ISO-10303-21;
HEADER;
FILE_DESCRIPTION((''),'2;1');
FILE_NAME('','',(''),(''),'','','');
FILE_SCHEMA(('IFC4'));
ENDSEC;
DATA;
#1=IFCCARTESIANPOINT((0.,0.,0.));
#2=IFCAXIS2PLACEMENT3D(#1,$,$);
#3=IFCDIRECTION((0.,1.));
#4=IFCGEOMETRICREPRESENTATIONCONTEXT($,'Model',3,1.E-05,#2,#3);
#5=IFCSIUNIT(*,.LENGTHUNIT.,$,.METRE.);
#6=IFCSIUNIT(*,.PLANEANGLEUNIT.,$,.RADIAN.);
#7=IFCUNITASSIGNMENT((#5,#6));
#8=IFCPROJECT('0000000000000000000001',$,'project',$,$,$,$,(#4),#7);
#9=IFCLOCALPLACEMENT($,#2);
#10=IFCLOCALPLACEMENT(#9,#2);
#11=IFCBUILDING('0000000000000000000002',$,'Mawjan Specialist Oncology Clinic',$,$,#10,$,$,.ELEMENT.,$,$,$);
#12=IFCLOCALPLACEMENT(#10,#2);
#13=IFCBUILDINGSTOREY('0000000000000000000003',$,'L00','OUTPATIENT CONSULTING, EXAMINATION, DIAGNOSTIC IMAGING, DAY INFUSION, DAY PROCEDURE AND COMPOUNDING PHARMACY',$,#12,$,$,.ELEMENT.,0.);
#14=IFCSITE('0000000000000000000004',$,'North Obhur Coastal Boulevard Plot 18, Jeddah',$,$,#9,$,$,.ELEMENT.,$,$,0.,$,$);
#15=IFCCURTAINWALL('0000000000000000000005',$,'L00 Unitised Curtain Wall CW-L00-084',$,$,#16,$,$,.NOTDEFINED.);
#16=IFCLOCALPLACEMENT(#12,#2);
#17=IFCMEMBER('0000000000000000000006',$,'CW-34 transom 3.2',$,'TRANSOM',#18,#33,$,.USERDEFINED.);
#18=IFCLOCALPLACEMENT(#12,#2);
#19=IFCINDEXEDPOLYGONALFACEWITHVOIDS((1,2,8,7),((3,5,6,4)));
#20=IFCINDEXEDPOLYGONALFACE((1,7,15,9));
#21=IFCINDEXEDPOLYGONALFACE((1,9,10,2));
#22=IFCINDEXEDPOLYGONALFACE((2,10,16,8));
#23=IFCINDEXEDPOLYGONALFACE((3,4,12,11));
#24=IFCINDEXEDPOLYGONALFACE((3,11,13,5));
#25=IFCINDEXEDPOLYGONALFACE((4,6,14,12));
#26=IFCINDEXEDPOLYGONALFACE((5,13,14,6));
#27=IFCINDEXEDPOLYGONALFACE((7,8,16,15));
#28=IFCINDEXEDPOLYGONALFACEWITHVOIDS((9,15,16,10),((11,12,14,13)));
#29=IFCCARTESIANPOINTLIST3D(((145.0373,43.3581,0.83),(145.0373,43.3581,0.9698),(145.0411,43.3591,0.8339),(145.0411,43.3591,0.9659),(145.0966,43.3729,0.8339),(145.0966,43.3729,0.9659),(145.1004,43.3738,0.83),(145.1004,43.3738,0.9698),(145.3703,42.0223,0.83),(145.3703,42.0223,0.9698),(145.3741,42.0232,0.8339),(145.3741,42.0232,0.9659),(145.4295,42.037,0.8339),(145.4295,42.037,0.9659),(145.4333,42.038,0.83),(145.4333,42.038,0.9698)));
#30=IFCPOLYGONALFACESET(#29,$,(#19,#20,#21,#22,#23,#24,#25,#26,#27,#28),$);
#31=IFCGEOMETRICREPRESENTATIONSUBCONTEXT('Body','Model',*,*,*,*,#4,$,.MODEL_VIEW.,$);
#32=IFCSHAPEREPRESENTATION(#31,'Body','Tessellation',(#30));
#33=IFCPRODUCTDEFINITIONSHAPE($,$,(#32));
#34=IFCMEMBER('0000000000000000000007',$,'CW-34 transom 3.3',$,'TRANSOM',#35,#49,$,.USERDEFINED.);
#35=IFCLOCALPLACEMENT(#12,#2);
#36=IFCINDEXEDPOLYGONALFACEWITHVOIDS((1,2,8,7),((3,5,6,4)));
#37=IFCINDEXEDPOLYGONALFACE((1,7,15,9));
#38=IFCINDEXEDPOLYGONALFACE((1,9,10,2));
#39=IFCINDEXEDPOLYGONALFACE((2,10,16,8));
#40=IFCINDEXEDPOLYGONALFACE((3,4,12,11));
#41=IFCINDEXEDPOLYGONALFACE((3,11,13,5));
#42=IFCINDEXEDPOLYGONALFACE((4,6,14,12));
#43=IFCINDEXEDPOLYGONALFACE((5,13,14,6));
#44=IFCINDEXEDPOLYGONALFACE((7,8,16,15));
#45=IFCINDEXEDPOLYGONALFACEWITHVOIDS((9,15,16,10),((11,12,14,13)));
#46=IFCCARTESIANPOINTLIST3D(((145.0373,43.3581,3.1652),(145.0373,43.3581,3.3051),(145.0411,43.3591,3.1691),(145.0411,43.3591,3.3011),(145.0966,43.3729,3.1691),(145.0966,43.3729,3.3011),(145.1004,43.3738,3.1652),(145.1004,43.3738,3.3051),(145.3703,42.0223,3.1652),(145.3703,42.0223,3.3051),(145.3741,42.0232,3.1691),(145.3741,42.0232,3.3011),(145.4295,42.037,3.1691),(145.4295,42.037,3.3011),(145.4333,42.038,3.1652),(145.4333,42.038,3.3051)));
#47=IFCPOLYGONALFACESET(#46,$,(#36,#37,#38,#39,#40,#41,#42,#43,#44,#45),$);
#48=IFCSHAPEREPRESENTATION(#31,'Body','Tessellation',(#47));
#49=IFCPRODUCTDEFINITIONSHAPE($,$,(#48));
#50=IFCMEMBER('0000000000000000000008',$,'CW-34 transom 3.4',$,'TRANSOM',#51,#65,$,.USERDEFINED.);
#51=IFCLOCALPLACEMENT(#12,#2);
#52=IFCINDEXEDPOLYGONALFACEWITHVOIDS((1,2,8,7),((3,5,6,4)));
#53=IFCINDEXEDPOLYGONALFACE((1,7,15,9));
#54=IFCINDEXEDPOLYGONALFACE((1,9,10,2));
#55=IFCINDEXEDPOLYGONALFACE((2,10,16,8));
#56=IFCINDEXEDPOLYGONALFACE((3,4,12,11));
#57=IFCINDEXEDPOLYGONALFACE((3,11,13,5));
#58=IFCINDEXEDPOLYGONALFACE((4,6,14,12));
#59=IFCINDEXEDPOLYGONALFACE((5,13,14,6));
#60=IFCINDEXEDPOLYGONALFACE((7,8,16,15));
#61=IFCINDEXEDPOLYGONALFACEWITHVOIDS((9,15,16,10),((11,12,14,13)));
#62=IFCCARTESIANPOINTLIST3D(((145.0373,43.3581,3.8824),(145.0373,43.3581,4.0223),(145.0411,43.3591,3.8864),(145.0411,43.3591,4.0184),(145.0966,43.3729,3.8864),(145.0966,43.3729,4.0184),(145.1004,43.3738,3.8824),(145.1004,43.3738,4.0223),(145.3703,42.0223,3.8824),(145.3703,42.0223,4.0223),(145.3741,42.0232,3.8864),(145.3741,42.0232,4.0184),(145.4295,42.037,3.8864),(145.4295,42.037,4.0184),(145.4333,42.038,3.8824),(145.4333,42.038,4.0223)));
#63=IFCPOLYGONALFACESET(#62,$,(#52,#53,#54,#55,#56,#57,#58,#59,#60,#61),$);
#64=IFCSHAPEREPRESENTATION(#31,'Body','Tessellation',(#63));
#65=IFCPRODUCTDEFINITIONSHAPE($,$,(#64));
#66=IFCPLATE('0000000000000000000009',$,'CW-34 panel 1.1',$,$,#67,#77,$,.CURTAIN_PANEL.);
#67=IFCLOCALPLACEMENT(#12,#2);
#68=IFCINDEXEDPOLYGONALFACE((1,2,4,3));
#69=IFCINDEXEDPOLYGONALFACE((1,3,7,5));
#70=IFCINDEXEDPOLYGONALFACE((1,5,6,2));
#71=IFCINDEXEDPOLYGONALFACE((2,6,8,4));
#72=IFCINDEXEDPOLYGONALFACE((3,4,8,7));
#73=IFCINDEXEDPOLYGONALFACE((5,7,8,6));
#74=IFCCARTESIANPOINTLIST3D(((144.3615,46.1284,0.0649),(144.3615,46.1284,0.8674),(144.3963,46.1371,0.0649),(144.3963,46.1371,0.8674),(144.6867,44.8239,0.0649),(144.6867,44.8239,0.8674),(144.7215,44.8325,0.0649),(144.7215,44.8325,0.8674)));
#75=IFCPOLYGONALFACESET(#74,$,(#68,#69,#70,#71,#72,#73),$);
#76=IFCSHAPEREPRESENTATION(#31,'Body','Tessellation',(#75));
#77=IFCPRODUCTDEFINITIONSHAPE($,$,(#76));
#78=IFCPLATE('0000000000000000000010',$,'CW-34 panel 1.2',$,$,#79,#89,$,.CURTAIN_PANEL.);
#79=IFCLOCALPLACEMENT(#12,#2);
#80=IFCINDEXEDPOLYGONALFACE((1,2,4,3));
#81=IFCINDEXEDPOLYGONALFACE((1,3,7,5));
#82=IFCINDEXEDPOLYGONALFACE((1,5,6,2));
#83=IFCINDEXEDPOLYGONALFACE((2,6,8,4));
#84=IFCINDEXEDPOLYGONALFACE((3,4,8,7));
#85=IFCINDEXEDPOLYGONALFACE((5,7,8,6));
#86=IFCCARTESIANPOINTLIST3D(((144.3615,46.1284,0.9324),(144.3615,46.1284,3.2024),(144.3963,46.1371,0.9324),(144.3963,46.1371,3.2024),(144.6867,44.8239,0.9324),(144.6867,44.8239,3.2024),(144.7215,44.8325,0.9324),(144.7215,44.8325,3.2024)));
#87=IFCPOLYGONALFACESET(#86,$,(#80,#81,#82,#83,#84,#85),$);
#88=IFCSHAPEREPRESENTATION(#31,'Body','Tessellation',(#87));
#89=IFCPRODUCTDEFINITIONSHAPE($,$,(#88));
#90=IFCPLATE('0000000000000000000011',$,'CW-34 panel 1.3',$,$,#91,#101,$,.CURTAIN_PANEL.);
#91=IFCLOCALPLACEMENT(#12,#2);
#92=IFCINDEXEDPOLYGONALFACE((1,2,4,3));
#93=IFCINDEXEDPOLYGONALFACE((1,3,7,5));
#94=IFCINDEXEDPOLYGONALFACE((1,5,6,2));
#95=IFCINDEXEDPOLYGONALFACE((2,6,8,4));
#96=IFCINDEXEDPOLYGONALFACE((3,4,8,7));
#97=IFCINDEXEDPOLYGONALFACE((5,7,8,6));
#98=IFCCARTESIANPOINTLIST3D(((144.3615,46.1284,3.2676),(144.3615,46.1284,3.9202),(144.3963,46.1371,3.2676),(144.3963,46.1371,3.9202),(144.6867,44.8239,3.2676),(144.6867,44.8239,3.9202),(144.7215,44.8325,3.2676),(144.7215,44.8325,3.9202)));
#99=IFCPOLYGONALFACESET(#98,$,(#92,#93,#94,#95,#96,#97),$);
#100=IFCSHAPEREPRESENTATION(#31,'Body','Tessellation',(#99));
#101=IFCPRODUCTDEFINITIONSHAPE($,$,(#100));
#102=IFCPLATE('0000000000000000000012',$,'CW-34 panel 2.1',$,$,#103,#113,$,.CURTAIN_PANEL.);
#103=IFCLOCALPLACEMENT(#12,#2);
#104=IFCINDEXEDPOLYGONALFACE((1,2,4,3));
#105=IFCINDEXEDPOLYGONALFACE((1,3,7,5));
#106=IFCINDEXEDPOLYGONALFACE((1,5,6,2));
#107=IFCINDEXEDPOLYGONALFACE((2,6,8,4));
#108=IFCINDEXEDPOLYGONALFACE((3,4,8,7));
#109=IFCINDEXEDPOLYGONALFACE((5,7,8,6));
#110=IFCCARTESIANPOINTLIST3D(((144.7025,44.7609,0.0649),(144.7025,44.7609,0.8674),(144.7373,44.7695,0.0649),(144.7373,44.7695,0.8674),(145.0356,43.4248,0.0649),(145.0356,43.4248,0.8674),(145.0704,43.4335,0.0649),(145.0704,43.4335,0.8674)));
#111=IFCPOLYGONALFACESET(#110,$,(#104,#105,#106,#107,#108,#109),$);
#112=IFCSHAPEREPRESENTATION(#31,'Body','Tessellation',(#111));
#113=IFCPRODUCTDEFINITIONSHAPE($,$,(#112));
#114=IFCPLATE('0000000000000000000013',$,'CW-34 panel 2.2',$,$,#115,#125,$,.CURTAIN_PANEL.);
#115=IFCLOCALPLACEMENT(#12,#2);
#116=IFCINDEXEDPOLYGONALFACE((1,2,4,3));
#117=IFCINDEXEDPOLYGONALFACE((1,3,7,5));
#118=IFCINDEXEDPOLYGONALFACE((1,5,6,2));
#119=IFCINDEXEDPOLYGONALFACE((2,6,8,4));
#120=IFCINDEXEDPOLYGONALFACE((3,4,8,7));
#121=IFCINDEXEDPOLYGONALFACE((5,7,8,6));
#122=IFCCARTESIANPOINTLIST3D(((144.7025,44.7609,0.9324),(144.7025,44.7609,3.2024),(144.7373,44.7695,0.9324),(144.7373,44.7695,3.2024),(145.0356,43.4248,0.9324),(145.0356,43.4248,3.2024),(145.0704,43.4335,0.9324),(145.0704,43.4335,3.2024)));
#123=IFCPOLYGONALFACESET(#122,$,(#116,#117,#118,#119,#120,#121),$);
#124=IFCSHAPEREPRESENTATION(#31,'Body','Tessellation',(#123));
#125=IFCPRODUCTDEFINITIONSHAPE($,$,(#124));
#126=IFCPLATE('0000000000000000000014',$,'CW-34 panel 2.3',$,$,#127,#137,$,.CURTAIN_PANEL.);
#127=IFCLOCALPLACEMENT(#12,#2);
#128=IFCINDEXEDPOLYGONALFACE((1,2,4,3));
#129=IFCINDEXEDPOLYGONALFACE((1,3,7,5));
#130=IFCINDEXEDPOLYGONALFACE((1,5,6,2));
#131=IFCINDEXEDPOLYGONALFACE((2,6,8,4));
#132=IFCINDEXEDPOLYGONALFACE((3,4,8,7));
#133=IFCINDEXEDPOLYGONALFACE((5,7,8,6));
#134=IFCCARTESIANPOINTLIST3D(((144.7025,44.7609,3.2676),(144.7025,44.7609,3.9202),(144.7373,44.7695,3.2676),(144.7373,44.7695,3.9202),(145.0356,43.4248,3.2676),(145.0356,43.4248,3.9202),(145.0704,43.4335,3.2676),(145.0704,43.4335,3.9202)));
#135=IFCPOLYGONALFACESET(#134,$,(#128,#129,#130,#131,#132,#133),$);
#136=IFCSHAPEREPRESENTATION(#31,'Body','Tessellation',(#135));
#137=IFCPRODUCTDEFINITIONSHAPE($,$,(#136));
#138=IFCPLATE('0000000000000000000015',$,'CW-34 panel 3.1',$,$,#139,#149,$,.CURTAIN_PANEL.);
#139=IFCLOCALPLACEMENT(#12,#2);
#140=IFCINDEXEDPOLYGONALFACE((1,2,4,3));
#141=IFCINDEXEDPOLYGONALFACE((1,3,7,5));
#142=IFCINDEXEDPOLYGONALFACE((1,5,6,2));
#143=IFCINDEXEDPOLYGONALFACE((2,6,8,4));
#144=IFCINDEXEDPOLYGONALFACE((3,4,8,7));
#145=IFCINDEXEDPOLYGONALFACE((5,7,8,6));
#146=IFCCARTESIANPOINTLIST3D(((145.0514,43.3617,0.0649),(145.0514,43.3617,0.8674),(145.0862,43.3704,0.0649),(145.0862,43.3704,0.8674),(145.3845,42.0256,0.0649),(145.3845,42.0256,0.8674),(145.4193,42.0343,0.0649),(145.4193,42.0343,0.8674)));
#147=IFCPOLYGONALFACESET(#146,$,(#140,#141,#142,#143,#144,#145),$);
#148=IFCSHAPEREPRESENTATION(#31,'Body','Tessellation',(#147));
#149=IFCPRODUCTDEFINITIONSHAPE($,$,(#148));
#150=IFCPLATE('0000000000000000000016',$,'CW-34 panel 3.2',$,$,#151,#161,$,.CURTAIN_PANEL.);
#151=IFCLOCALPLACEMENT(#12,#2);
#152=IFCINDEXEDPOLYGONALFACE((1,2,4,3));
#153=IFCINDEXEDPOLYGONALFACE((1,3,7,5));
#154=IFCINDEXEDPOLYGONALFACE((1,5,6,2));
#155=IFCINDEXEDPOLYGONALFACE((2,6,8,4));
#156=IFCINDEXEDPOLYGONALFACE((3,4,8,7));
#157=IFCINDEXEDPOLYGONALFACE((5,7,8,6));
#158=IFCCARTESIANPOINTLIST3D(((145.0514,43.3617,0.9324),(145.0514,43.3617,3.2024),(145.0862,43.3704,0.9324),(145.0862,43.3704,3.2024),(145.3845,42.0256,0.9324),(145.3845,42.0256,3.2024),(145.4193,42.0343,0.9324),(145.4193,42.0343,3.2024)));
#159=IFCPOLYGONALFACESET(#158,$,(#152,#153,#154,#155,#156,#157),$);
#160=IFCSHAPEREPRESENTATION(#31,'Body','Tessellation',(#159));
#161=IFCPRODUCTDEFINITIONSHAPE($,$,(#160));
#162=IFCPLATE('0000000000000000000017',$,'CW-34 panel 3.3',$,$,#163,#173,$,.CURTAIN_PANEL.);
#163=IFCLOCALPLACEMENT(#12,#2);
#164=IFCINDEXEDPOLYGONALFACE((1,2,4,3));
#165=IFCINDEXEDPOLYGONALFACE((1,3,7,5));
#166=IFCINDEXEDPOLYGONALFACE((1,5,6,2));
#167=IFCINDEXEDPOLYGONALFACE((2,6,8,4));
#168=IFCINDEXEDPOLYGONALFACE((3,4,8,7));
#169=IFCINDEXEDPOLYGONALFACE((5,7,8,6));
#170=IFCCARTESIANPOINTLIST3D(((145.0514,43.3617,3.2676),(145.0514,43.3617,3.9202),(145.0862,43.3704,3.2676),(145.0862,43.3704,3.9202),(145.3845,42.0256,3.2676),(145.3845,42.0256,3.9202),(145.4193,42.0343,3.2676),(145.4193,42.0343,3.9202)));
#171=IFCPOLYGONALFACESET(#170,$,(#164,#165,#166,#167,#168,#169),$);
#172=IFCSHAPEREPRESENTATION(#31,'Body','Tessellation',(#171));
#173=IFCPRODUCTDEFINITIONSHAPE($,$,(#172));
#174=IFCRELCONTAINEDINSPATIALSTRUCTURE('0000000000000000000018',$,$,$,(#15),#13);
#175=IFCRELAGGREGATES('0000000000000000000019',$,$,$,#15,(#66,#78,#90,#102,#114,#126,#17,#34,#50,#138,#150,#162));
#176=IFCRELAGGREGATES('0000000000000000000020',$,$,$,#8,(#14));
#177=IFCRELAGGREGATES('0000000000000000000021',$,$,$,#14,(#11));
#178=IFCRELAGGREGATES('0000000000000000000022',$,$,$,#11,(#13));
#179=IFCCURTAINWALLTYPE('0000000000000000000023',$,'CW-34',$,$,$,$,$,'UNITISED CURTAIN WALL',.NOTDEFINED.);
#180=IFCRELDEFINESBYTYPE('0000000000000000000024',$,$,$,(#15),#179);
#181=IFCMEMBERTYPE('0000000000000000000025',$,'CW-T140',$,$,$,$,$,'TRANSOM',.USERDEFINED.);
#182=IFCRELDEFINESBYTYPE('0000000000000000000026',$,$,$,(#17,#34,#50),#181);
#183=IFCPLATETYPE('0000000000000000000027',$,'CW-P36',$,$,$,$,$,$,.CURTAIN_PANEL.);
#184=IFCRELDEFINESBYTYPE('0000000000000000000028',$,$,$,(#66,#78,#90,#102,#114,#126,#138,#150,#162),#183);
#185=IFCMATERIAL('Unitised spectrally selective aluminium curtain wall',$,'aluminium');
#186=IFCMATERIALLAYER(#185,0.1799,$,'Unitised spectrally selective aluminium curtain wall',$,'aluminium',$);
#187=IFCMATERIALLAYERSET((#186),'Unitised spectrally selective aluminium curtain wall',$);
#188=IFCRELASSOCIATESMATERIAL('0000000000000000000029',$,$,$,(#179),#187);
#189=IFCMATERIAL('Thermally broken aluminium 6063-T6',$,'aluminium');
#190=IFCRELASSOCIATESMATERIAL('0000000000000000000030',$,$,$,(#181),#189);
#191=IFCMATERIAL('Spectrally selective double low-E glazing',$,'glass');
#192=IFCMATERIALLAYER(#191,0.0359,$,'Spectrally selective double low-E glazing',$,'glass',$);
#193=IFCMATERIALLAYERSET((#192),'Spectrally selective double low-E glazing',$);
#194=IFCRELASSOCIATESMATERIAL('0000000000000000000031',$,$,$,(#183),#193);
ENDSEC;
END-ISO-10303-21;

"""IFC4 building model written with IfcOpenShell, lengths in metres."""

from ifc_helpers import new_model, si_unit, direction, frame, origin, origin_2d, place, context, subcontext, project, spatial, rectangle, hollow_rectangle, extrude, material, layer, layer_set, material_profile, profile_set, type_object, element, aggregate, save


model = new_model("IFC4")

# Units and contexts
model_context = context("Model", 3, precision=1e-05, world=origin(), true_north=direction((0.0, 1.0)))
body_context = subcontext(model_context, "Body", "Model", "MODEL_VIEW")
ifc_project = project(units=[si_unit("LENGTHUNIT", "METRE"), si_unit("PLANEANGLEUNIT", "RADIAN")], contexts=[model_context])

# Site, building, storey
site_placement = place(None, origin())
site = spatial("IfcSite", under=ifc_project, at=site_placement, Name="North Obhur Coastal Boulevard Plot 18, Jeddah", CompositionType="ELEMENT", RefElevation=0.0)
building_placement = place(site_placement, origin())
building = spatial("IfcBuilding", under=site, at=building_placement, Name="Mawjan Specialist Oncology Clinic", CompositionType="ELEMENT")
storey_placement = place(building_placement, origin())
storey = spatial("IfcBuildingStorey", under=building, at=storey_placement, Name="L00", Description="OUTPATIENT CONSULTING, EXAMINATION, DIAGNOSTIC IMAGING, DAY INFUSION, DAY PROCEDURE AND COMPOUNDING PHARMACY", CompositionType="ELEMENT", Elevation=0.0)

# Curtain wall
ifc_material_1 = material(Name="Unitised spectrally selective aluminium curtain wall", Category="aluminium")
ifc_layer_1 = layer(ifc_material_1, 0.1799, Name="Unitised spectrally selective aluminium curtain wall", Category="aluminium")
ifc_layer_set_1 = layer_set([ifc_layer_1], Name="Unitised spectrally selective aluminium curtain wall")
curtain_wall_type_1 = type_object("IfcCurtainWallType", Name="CW-34", ElementType="UNITISED CURTAIN WALL", PredefinedType="NOTDEFINED", material=ifc_layer_set_1)
curtain_wall_1_placement = place(storey_placement, origin())
curtain_wall_1 = element("IfcCurtainWall", 1, at=curtain_wall_1_placement, inside=storey, type_object=curtain_wall_type_1, Name="L00 Unitised Curtain Wall CW-L00-084", PredefinedType="NOTDEFINED")
ifc_material_2 = material(Name="Thermally broken aluminium 6063-T6", Category="aluminium")
ifc_material_profile_1 = material_profile(ifc_material_2, hollow_rectangle(XDim=0.0649, YDim=0.1399, WallThickness=0.0039, at=origin_2d()), Name="ALU TRANSOM 140x65x4", Category="aluminium")
ifc_profile_set_1 = profile_set([ifc_material_profile_1], Name="Thermally broken aluminium 6063-T6")
member_type_1 = type_object("IfcMemberType", Name="CW-T140", ElementType="TRANSOM", PredefinedType="USERDEFINED", material=ifc_profile_set_1)

# Members
member_1_placement = place(storey_placement, frame((145.0688, 43.366, 0.8999), z_axis=(0.241868, -0.970309, 0.0), x_axis=(0.970309, 0.241868, 0.0)))
member_1 = element("IfcMember", 2, at=member_1_placement, type_object=member_type_1, Name="CW-34 transom 3.2", ObjectType="TRANSOM", PredefinedType="USERDEFINED", context=body_context, shape_type="SweptSolid", body=[
    extrude(hollow_rectangle(XDim=0.0649, YDim=0.1399, WallThickness=0.0039, at=origin_2d()), origin(), (0.0, 0.0, 1.0), 1.3767),
])
member_2_placement = place(storey_placement, frame((145.0688, 43.366, 3.2351), z_axis=(0.241868, -0.970309, 0.0), x_axis=(0.970309, 0.241868, 0.0)))
member_2 = element("IfcMember", 3, at=member_2_placement, type_object=member_type_1, Name="CW-34 transom 3.3", ObjectType="TRANSOM", PredefinedType="USERDEFINED", context=body_context, shape_type="SweptSolid", body=[
    extrude(hollow_rectangle(XDim=0.0649, YDim=0.1399, WallThickness=0.0039, at=origin_2d()), origin(), (0.0, 0.0, 1.0), 1.3767),
])
member_3_placement = place(storey_placement, frame((145.0688, 43.366, 3.9524), z_axis=(0.241868, -0.970309, 0.0), x_axis=(0.970309, 0.241868, 0.0)))
member_3 = element("IfcMember", 4, at=member_3_placement, type_object=member_type_1, Name="CW-34 transom 3.4", ObjectType="TRANSOM", PredefinedType="USERDEFINED", context=body_context, shape_type="SweptSolid", body=[
    extrude(hollow_rectangle(XDim=0.0649, YDim=0.1399, WallThickness=0.0039, at=origin_2d()), origin(), (0.0, 0.0, 1.0), 1.3767),
])

# Plates
ifc_material_3 = material(Name="Spectrally selective double low-E glazing", Category="glass")
ifc_layer_2 = layer(ifc_material_3, 0.0359, Name="Spectrally selective double low-E glazing", Category="glass")
ifc_layer_set_2 = layer_set([ifc_layer_2], Name="Spectrally selective double low-E glazing")
plate_type = type_object("IfcPlateType", Name="CW-P36", PredefinedType="CURTAIN_PANEL", material=ifc_layer_set_2)
plate_1_placement = place(storey_placement, frame((144.5415, 45.4805, 0.0649), z_axis=(0.0, 0.0, 1.0), x_axis=(0.241922, -0.970296, 0.0)))
plate_1 = element("IfcPlate", 5, at=plate_1_placement, type_object=plate_type, Name="CW-34 panel 1.1", PredefinedType="CURTAIN_PANEL", context=body_context, shape_type="SweptSolid", body=[
    extrude(rectangle(XDim=1.3445, YDim=0.0359, at=origin_2d()), origin(), (0.0, 0.0, 1.0), 0.8025),
])
plate_2_placement = place(storey_placement, frame((144.5415, 45.4805, 0.9324), z_axis=(0.0, 0.0, 1.0), x_axis=(0.241922, -0.970296, 0.0)))
plate_2 = element("IfcPlate", 6, at=plate_2_placement, type_object=plate_type, Name="CW-34 panel 1.2", PredefinedType="CURTAIN_PANEL", context=body_context, shape_type="SweptSolid", body=[
    extrude(rectangle(XDim=1.3445, YDim=0.0359, at=origin_2d()), origin(), (0.0, 0.0, 1.0), 2.27),
])
plate_3_placement = place(storey_placement, frame((144.5415, 45.4805, 3.2676), z_axis=(0.0, 0.0, 1.0), x_axis=(0.241922, -0.970296, 0.0)))
plate_3 = element("IfcPlate", 7, at=plate_3_placement, type_object=plate_type, Name="CW-34 panel 1.3", PredefinedType="CURTAIN_PANEL", context=body_context, shape_type="SweptSolid", body=[
    extrude(rectangle(XDim=1.3445, YDim=0.0359, at=origin_2d()), origin(), (0.0, 0.0, 1.0), 0.6526),
])
plate_4_placement = place(storey_placement, frame((144.8865, 44.0972, 0.0649), z_axis=(0.0, 0.0, 1.0), x_axis=(0.241922, -0.970296, 0.0)))
plate_4 = element("IfcPlate", 8, at=plate_4_placement, type_object=plate_type, Name="CW-34 panel 2.1", PredefinedType="CURTAIN_PANEL", context=body_context, shape_type="SweptSolid", body=[
    extrude(rectangle(XDim=1.377, YDim=0.0359, at=origin_2d()), origin(), (0.0, 0.0, 1.0), 0.8025),
])
plate_5_placement = place(storey_placement, frame((144.8865, 44.0972, 0.9324), z_axis=(0.0, 0.0, 1.0), x_axis=(0.241922, -0.970296, 0.0)))
plate_5 = element("IfcPlate", 9, at=plate_5_placement, type_object=plate_type, Name="CW-34 panel 2.2", PredefinedType="CURTAIN_PANEL", context=body_context, shape_type="SweptSolid", body=[
    extrude(rectangle(XDim=1.377, YDim=0.0359, at=origin_2d()), origin(), (0.0, 0.0, 1.0), 2.27),
])
plate_6_placement = place(storey_placement, frame((144.8865, 44.0972, 3.2676), z_axis=(0.0, 0.0, 1.0), x_axis=(0.241922, -0.970296, 0.0)))
plate_6 = element("IfcPlate", 10, at=plate_6_placement, type_object=plate_type, Name="CW-34 panel 2.3", PredefinedType="CURTAIN_PANEL", context=body_context, shape_type="SweptSolid", body=[
    extrude(rectangle(XDim=1.377, YDim=0.0359, at=origin_2d()), origin(), (0.0, 0.0, 1.0), 0.6526),
])
plate_7_placement = place(storey_placement, frame((145.2354, 42.698, 0.0649), z_axis=(0.0, 0.0, 1.0), x_axis=(0.241922, -0.970296, 0.0)))
plate_7 = element("IfcPlate", 11, at=plate_7_placement, type_object=plate_type, Name="CW-34 panel 3.1", PredefinedType="CURTAIN_PANEL", context=body_context, shape_type="SweptSolid", body=[
    extrude(rectangle(XDim=1.377, YDim=0.0359, at=origin_2d()), origin(), (0.0, 0.0, 1.0), 0.8025),
])
plate_8_placement = place(storey_placement, frame((145.2354, 42.698, 0.9324), z_axis=(0.0, 0.0, 1.0), x_axis=(0.241922, -0.970296, 0.0)))
plate_8 = element("IfcPlate", 12, at=plate_8_placement, type_object=plate_type, Name="CW-34 panel 3.2", PredefinedType="CURTAIN_PANEL", context=body_context, shape_type="SweptSolid", body=[
    extrude(rectangle(XDim=1.377, YDim=0.0359, at=origin_2d()), origin(), (0.0, 0.0, 1.0), 2.27),
])
plate_9_placement = place(storey_placement, frame((145.2354, 42.698, 3.2676), z_axis=(0.0, 0.0, 1.0), x_axis=(0.241922, -0.970296, 0.0)))
plate_9 = element("IfcPlate", 13, at=plate_9_placement, type_object=plate_type, Name="CW-34 panel 3.3", PredefinedType="CURTAIN_PANEL", context=body_context, shape_type="SweptSolid", body=[
    extrude(rectangle(XDim=1.377, YDim=0.0359, at=origin_2d()), origin(), (0.0, 0.0, 1.0), 0.6526),
])
aggregate(curtain_wall_1, [plate_1, plate_2, plate_3, plate_4, plate_5, plate_6, member_1, member_2, member_3, plate_7, plate_8, plate_9])

save(model, "model.ifc")
